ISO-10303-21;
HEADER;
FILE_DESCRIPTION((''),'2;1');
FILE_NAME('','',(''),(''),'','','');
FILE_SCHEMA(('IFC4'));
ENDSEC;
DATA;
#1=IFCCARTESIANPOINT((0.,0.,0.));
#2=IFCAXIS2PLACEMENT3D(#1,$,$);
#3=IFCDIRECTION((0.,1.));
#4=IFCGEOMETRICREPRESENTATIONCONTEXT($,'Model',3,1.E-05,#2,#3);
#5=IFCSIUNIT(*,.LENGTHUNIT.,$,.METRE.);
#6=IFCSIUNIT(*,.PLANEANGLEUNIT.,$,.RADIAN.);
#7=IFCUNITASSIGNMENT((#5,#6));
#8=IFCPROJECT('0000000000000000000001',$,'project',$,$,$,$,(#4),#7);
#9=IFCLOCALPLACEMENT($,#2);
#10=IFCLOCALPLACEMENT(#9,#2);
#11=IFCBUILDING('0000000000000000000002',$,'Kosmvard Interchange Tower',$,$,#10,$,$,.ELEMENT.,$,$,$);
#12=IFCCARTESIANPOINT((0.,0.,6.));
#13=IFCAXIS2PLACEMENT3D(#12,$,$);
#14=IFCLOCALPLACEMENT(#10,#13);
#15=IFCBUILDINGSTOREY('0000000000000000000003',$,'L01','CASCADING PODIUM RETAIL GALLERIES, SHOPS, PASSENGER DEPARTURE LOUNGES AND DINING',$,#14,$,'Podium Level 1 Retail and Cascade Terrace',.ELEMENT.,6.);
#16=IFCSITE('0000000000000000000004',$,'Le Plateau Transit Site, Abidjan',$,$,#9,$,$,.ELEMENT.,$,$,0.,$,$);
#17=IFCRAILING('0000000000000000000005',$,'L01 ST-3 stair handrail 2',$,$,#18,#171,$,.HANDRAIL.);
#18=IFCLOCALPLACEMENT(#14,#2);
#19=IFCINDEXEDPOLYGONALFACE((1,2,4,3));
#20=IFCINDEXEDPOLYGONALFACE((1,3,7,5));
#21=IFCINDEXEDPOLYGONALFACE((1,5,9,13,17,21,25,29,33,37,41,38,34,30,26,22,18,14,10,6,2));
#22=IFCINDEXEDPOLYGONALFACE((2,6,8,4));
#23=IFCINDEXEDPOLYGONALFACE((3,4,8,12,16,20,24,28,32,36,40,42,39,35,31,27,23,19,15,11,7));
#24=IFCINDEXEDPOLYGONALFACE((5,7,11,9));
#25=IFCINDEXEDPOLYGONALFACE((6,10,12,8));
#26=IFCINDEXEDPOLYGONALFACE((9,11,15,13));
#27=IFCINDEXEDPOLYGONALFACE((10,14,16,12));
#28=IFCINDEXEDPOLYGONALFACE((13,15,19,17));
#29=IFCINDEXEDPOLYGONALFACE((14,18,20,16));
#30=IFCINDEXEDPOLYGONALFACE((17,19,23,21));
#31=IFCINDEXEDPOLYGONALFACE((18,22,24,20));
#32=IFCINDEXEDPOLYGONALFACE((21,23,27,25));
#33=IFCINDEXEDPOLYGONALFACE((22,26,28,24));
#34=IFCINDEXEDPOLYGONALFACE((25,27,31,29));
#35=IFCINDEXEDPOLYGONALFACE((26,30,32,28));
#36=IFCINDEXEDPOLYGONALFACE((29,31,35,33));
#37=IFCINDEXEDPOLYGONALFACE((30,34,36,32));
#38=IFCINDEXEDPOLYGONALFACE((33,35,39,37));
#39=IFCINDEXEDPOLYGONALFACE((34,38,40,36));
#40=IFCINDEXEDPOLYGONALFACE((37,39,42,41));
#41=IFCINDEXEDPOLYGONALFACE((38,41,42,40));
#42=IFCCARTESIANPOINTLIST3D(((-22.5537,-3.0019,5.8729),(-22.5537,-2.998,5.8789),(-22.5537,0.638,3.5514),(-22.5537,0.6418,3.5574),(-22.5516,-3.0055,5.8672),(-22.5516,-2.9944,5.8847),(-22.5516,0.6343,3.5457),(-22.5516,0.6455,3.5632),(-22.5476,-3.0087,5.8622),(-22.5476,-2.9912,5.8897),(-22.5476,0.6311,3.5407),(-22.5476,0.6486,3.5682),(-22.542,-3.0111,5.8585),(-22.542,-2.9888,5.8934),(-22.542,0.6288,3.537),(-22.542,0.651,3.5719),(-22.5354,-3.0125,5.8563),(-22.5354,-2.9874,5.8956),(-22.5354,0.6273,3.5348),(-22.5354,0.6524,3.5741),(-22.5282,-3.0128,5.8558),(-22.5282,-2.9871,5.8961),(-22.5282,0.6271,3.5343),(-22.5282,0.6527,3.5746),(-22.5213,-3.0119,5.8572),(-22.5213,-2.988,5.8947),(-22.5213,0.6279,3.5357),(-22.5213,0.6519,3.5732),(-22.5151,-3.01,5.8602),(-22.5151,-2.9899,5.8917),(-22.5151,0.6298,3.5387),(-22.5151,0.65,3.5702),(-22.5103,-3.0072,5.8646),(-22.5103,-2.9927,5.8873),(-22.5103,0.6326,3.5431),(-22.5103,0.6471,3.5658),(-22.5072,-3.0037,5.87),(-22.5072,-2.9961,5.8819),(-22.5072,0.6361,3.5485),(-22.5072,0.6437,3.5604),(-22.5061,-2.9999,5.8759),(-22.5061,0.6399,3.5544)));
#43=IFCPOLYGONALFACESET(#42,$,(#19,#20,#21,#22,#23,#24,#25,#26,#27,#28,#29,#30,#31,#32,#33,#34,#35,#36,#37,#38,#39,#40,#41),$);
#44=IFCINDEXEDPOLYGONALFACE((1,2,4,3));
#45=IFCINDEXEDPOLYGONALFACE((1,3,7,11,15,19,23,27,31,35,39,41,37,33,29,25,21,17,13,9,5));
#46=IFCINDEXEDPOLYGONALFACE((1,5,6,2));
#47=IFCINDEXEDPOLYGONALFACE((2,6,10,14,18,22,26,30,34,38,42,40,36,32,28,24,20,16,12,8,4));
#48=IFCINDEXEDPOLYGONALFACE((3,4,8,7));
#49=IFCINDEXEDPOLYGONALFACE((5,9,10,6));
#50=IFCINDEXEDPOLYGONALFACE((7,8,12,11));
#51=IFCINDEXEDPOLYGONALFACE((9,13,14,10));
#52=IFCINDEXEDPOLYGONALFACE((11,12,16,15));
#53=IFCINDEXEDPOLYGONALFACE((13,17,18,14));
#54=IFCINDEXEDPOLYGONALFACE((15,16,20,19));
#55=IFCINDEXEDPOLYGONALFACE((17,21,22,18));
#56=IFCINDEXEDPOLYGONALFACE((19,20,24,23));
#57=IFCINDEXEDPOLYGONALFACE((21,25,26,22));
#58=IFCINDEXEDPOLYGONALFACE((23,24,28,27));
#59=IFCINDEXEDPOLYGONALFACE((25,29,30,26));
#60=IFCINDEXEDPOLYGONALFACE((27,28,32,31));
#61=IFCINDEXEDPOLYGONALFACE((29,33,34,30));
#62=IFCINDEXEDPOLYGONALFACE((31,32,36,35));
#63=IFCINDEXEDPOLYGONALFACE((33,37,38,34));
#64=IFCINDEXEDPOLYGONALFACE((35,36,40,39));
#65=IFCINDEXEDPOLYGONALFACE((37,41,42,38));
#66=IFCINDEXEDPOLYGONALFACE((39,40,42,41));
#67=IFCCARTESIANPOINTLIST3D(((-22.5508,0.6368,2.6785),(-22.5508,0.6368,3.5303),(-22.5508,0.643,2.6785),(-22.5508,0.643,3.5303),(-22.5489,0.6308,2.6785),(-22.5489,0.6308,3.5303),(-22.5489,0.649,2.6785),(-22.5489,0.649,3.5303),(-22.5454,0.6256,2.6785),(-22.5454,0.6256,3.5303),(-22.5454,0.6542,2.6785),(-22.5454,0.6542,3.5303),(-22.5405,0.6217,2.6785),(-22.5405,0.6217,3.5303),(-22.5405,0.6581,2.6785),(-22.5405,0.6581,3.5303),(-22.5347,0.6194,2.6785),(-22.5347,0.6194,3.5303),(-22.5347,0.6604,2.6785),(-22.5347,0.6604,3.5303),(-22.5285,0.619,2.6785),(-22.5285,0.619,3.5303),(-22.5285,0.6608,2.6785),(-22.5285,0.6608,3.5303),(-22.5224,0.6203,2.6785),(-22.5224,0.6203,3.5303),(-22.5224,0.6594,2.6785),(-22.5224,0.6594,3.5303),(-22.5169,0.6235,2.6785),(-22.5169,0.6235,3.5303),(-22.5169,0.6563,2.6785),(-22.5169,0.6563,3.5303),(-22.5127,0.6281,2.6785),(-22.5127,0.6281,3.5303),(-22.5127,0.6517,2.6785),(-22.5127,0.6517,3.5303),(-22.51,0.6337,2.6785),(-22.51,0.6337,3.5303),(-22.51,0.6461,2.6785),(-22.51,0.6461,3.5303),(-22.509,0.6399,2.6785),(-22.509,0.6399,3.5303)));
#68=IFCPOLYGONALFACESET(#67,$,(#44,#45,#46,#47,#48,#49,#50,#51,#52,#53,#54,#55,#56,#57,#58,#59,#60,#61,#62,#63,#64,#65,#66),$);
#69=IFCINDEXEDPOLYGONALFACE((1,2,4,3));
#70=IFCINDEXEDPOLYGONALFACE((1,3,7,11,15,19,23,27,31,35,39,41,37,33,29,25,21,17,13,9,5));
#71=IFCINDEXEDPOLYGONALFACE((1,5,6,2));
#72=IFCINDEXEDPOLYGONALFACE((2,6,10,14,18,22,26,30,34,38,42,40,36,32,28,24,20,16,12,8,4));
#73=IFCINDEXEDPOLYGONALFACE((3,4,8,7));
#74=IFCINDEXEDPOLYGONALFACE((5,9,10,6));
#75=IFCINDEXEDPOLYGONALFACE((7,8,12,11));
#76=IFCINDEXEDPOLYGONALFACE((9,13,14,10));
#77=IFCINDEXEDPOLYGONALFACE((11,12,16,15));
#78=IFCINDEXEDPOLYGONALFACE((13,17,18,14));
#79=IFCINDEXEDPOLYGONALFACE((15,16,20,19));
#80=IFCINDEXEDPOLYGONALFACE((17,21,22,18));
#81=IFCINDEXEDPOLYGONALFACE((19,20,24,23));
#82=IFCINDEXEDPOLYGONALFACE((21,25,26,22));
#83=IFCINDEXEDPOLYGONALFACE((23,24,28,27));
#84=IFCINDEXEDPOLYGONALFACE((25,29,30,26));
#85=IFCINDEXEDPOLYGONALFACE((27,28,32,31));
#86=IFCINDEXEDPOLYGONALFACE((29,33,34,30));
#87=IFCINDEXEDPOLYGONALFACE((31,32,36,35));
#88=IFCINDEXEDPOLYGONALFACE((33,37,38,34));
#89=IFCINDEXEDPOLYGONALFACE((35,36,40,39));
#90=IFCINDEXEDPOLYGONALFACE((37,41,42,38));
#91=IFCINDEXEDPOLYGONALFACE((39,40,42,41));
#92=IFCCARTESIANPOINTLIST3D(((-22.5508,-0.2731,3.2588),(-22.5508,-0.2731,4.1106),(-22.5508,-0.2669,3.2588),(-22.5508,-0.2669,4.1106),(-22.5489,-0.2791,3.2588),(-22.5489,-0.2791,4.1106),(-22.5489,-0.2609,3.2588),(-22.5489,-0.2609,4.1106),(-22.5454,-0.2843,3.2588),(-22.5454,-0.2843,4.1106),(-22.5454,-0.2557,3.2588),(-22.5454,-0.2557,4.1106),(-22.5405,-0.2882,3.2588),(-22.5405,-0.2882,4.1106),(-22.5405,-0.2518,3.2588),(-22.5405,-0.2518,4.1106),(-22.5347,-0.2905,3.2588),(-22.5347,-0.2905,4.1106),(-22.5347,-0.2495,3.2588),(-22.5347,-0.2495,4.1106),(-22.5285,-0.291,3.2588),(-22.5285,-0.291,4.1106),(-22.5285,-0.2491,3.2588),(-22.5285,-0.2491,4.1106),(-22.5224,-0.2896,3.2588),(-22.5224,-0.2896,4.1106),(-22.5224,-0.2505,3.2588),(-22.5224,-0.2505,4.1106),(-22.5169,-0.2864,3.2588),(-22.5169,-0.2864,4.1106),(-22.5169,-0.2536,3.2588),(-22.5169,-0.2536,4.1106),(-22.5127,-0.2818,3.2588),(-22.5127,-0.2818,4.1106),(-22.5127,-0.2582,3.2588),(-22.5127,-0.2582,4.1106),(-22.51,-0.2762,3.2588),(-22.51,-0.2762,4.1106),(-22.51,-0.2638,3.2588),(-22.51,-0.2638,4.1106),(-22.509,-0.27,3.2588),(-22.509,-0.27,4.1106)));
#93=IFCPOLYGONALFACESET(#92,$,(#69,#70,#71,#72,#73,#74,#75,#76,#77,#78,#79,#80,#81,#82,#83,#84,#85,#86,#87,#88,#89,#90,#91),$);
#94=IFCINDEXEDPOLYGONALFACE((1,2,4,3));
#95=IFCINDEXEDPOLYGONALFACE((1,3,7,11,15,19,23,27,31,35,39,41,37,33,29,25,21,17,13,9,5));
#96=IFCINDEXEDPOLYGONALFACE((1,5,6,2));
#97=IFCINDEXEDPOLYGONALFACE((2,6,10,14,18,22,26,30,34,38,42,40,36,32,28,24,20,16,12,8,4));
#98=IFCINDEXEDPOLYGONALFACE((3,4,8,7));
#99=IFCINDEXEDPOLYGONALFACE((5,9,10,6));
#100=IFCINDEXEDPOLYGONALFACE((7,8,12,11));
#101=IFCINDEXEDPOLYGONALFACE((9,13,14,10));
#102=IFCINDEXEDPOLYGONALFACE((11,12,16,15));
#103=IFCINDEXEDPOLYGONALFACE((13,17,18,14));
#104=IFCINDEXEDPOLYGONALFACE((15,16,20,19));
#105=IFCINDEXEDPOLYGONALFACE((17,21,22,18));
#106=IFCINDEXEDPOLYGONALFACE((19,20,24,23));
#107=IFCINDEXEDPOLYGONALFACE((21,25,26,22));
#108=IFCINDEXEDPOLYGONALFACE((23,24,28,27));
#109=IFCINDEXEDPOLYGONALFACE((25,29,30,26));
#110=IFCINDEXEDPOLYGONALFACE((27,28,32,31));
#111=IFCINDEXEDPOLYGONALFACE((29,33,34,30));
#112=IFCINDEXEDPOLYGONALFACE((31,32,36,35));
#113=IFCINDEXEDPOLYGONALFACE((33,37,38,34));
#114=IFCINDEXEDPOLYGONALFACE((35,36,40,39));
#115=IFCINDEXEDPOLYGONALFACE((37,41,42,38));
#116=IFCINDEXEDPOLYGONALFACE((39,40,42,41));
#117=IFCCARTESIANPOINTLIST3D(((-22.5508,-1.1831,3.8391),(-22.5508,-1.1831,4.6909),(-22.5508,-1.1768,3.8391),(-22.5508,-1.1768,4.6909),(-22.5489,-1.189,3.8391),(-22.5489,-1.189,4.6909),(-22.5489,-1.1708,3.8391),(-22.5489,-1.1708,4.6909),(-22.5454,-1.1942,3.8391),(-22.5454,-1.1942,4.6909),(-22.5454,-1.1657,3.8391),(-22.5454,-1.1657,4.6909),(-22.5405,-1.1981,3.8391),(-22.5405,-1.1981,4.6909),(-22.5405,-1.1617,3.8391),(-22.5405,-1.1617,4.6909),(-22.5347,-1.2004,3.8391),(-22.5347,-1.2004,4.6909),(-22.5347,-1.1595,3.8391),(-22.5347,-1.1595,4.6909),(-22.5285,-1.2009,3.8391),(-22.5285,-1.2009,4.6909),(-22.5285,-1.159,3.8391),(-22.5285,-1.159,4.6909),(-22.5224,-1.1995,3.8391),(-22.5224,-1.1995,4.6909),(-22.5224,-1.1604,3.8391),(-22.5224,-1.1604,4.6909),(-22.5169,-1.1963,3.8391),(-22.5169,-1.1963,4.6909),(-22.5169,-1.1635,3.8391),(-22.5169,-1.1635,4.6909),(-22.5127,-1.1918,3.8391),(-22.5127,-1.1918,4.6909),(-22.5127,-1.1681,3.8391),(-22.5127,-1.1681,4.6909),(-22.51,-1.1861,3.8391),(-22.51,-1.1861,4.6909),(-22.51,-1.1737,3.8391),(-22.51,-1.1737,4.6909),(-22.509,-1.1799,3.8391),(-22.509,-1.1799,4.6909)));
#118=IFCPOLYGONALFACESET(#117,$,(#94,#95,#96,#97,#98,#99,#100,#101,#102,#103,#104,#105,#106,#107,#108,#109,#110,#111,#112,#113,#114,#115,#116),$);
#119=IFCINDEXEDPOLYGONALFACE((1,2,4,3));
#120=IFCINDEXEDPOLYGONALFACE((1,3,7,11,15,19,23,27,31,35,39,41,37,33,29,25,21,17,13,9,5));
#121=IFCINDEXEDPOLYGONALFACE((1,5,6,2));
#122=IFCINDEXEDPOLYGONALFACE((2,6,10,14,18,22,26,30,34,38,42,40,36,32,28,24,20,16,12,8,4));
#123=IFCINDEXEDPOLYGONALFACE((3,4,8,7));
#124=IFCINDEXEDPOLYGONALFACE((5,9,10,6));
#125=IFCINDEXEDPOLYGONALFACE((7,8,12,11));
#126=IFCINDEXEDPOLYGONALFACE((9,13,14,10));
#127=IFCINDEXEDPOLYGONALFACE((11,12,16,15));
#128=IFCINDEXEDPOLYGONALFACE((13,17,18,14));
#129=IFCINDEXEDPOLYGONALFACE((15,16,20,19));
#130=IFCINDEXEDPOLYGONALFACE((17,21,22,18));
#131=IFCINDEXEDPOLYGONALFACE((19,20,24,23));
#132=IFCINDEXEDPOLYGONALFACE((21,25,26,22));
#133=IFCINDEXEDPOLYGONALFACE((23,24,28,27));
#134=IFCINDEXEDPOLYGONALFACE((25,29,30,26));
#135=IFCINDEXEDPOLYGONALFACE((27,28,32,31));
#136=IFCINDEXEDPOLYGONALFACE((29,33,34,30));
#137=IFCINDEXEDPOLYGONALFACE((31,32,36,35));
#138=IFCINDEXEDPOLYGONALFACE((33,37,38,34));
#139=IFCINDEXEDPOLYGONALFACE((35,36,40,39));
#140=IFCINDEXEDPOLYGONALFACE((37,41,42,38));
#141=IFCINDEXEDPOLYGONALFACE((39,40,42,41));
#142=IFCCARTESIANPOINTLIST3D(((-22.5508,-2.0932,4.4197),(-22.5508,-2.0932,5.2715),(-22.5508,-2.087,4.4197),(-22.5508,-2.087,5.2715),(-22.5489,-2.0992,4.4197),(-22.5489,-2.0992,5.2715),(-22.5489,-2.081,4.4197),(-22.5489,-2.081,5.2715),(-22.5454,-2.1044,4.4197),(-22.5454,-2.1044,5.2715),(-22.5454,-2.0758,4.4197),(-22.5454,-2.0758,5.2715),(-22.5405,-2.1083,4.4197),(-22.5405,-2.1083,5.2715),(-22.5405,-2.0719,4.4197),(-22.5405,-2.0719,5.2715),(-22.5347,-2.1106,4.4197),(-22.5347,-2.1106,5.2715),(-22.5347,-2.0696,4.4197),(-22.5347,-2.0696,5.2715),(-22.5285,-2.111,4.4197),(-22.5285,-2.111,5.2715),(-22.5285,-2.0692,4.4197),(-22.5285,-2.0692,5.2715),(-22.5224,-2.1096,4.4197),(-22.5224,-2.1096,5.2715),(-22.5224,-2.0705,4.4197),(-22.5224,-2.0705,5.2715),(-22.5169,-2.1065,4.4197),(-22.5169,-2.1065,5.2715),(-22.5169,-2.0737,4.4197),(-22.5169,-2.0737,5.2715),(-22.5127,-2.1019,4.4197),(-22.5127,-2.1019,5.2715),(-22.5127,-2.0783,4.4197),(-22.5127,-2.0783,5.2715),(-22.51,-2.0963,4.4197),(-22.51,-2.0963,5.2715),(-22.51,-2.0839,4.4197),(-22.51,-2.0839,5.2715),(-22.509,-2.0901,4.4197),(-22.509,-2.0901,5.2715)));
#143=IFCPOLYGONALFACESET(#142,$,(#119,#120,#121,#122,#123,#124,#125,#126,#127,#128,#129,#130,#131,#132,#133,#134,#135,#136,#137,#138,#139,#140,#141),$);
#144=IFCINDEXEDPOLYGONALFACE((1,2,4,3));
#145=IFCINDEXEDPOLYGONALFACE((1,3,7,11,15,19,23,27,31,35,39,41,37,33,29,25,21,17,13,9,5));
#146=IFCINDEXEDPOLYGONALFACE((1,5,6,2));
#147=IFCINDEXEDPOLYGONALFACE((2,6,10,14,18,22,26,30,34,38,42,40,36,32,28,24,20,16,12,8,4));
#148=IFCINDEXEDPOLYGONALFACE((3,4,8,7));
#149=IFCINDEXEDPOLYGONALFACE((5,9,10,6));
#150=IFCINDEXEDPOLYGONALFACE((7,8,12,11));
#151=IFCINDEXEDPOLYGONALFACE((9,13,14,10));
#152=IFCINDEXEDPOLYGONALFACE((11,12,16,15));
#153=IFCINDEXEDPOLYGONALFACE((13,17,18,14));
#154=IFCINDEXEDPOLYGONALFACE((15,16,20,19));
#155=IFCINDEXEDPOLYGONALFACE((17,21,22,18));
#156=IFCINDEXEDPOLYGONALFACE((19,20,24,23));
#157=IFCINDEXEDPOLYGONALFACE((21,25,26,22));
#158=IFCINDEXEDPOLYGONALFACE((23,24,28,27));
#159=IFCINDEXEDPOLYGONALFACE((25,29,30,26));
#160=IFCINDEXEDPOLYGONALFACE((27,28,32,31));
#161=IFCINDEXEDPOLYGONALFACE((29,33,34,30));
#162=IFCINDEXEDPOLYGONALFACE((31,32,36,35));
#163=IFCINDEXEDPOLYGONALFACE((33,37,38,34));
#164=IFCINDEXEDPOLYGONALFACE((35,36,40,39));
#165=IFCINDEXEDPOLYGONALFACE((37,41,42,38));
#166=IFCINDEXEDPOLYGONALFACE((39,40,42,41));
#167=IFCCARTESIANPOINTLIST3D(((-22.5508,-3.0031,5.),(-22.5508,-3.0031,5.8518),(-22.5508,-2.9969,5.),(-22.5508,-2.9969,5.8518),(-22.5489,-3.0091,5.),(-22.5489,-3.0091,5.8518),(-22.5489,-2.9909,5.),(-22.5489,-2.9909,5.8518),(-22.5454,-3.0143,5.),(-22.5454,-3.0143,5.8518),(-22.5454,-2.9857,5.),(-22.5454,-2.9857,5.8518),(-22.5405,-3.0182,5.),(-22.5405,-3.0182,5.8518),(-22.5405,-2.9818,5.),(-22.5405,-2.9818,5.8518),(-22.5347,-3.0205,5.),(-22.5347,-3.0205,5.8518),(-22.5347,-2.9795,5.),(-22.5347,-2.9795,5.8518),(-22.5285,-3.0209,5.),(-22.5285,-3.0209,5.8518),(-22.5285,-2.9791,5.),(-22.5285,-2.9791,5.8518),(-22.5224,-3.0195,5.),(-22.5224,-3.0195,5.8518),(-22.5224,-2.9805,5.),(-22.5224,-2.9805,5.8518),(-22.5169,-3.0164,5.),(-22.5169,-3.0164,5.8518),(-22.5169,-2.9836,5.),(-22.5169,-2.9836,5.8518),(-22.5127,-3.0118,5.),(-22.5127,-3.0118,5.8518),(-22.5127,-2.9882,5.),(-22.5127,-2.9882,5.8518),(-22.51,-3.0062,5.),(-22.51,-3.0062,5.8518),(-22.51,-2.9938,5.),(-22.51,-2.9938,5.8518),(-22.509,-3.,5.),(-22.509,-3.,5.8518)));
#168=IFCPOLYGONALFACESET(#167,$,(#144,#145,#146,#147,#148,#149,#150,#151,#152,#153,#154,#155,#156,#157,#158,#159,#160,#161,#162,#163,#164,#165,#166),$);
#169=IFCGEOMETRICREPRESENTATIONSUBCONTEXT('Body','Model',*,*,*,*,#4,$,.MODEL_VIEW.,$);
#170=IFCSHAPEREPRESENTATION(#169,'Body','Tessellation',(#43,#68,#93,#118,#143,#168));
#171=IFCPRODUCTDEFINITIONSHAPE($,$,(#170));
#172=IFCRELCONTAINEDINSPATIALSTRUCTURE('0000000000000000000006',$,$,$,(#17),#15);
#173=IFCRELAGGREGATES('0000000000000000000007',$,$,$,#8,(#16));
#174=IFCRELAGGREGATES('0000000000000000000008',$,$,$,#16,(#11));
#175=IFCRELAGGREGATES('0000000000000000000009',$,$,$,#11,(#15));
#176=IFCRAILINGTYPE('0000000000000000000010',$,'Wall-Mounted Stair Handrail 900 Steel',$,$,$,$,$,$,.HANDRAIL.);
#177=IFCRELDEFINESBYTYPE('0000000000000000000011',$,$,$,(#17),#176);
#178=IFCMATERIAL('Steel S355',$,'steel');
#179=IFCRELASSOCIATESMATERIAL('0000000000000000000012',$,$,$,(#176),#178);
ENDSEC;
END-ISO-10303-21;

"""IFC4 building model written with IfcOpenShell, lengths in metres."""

from ifc_helpers import new_model, si_unit, direction, frame, origin, origin_2d, place, context, subcontext, project, spatial, circle, extrude, source, transform, mapped, material, type_object, element, save


model = new_model("IFC4")

# Units and contexts
model_context = context("Model", 3, precision=1e-05, world=origin(), true_north=direction((0.0, 1.0)))
body_context = subcontext(model_context, "Body", "Model", "MODEL_VIEW")
ifc_project = project(units=[si_unit("LENGTHUNIT", "METRE"), si_unit("PLANEANGLEUNIT", "RADIAN")], contexts=[model_context])

# Site, building, storey
site_placement = place(None, origin())
site = spatial("IfcSite", under=ifc_project, at=site_placement, Name="Le Plateau Transit Site, Abidjan", CompositionType="ELEMENT", RefElevation=0.0)
building_placement = place(site_placement, origin())
building = spatial("IfcBuilding", under=site, at=building_placement, Name="Kosmvard Interchange Tower", CompositionType="ELEMENT")
storey_placement = place(building_placement, frame((0.0, 0.0, 6.0)))
storey = spatial("IfcBuildingStorey", under=building, at=storey_placement, Name="L01", Description="CASCADING PODIUM RETAIL GALLERIES, SHOPS, PASSENGER DEPARTURE LOUNGES AND DINING", LongName="Podium Level 1 Retail and Cascade Terrace", CompositionType="ELEMENT", Elevation=6.0)

# Railing
ifc_material_1 = material(Name="Steel S355", Category="steel")
railing_type_1 = type_object("IfcRailingType", Name="Wall-Mounted Stair Handrail 900 Steel", PredefinedType="HANDRAIL", material=ifc_material_1)
shared_shape_1 = source(origin(), body_context, "Body", "SweptSolid", [
    extrude(circle(Radius=0.0239, at=origin_2d()), frame((0.0, 0.0, 0.876), z_axis=(0.0, -0.843112, 0.537739), x_axis=(1.0, 0.0, 0.0)), (0.0, 0.0, 1.0), 4.3171),
    extrude(circle(Radius=0.021, at=origin_2d()), origin(), (0.0, 0.0, 1.0), 0.8518),
    extrude(circle(Radius=0.021, at=origin_2d()), frame((0.0, -0.9099, 0.5803)), (0.0, 0.0, 1.0), 0.8518),
    extrude(circle(Radius=0.021, at=origin_2d()), frame((0.0, -1.8198, 1.1606)), (0.0, 0.0, 1.0), 0.8518),
    extrude(circle(Radius=0.021, at=origin_2d()), frame((0.0, -2.73, 1.7412)), (0.0, 0.0, 1.0), 0.8518),
    extrude(circle(Radius=0.021, at=origin_2d()), frame((0.0, -3.6399, 2.3215)), (0.0, 0.0, 1.0), 0.8518),
])
railing_1_placement = place(storey_placement, frame((-22.53, 0.6399, 2.6785)))
element("IfcRailing", 1, at=railing_1_placement, inside=storey, type_object=railing_type_1, Name="L01 ST-3 stair handrail 2", PredefinedType="HANDRAIL", context=body_context, shape_type="MappedRepresentation", body=[
    mapped(shared_shape_1, transform((0.0, 0.0, 0.0), scale=1.0)),
])

save(model, "model.ifc")
